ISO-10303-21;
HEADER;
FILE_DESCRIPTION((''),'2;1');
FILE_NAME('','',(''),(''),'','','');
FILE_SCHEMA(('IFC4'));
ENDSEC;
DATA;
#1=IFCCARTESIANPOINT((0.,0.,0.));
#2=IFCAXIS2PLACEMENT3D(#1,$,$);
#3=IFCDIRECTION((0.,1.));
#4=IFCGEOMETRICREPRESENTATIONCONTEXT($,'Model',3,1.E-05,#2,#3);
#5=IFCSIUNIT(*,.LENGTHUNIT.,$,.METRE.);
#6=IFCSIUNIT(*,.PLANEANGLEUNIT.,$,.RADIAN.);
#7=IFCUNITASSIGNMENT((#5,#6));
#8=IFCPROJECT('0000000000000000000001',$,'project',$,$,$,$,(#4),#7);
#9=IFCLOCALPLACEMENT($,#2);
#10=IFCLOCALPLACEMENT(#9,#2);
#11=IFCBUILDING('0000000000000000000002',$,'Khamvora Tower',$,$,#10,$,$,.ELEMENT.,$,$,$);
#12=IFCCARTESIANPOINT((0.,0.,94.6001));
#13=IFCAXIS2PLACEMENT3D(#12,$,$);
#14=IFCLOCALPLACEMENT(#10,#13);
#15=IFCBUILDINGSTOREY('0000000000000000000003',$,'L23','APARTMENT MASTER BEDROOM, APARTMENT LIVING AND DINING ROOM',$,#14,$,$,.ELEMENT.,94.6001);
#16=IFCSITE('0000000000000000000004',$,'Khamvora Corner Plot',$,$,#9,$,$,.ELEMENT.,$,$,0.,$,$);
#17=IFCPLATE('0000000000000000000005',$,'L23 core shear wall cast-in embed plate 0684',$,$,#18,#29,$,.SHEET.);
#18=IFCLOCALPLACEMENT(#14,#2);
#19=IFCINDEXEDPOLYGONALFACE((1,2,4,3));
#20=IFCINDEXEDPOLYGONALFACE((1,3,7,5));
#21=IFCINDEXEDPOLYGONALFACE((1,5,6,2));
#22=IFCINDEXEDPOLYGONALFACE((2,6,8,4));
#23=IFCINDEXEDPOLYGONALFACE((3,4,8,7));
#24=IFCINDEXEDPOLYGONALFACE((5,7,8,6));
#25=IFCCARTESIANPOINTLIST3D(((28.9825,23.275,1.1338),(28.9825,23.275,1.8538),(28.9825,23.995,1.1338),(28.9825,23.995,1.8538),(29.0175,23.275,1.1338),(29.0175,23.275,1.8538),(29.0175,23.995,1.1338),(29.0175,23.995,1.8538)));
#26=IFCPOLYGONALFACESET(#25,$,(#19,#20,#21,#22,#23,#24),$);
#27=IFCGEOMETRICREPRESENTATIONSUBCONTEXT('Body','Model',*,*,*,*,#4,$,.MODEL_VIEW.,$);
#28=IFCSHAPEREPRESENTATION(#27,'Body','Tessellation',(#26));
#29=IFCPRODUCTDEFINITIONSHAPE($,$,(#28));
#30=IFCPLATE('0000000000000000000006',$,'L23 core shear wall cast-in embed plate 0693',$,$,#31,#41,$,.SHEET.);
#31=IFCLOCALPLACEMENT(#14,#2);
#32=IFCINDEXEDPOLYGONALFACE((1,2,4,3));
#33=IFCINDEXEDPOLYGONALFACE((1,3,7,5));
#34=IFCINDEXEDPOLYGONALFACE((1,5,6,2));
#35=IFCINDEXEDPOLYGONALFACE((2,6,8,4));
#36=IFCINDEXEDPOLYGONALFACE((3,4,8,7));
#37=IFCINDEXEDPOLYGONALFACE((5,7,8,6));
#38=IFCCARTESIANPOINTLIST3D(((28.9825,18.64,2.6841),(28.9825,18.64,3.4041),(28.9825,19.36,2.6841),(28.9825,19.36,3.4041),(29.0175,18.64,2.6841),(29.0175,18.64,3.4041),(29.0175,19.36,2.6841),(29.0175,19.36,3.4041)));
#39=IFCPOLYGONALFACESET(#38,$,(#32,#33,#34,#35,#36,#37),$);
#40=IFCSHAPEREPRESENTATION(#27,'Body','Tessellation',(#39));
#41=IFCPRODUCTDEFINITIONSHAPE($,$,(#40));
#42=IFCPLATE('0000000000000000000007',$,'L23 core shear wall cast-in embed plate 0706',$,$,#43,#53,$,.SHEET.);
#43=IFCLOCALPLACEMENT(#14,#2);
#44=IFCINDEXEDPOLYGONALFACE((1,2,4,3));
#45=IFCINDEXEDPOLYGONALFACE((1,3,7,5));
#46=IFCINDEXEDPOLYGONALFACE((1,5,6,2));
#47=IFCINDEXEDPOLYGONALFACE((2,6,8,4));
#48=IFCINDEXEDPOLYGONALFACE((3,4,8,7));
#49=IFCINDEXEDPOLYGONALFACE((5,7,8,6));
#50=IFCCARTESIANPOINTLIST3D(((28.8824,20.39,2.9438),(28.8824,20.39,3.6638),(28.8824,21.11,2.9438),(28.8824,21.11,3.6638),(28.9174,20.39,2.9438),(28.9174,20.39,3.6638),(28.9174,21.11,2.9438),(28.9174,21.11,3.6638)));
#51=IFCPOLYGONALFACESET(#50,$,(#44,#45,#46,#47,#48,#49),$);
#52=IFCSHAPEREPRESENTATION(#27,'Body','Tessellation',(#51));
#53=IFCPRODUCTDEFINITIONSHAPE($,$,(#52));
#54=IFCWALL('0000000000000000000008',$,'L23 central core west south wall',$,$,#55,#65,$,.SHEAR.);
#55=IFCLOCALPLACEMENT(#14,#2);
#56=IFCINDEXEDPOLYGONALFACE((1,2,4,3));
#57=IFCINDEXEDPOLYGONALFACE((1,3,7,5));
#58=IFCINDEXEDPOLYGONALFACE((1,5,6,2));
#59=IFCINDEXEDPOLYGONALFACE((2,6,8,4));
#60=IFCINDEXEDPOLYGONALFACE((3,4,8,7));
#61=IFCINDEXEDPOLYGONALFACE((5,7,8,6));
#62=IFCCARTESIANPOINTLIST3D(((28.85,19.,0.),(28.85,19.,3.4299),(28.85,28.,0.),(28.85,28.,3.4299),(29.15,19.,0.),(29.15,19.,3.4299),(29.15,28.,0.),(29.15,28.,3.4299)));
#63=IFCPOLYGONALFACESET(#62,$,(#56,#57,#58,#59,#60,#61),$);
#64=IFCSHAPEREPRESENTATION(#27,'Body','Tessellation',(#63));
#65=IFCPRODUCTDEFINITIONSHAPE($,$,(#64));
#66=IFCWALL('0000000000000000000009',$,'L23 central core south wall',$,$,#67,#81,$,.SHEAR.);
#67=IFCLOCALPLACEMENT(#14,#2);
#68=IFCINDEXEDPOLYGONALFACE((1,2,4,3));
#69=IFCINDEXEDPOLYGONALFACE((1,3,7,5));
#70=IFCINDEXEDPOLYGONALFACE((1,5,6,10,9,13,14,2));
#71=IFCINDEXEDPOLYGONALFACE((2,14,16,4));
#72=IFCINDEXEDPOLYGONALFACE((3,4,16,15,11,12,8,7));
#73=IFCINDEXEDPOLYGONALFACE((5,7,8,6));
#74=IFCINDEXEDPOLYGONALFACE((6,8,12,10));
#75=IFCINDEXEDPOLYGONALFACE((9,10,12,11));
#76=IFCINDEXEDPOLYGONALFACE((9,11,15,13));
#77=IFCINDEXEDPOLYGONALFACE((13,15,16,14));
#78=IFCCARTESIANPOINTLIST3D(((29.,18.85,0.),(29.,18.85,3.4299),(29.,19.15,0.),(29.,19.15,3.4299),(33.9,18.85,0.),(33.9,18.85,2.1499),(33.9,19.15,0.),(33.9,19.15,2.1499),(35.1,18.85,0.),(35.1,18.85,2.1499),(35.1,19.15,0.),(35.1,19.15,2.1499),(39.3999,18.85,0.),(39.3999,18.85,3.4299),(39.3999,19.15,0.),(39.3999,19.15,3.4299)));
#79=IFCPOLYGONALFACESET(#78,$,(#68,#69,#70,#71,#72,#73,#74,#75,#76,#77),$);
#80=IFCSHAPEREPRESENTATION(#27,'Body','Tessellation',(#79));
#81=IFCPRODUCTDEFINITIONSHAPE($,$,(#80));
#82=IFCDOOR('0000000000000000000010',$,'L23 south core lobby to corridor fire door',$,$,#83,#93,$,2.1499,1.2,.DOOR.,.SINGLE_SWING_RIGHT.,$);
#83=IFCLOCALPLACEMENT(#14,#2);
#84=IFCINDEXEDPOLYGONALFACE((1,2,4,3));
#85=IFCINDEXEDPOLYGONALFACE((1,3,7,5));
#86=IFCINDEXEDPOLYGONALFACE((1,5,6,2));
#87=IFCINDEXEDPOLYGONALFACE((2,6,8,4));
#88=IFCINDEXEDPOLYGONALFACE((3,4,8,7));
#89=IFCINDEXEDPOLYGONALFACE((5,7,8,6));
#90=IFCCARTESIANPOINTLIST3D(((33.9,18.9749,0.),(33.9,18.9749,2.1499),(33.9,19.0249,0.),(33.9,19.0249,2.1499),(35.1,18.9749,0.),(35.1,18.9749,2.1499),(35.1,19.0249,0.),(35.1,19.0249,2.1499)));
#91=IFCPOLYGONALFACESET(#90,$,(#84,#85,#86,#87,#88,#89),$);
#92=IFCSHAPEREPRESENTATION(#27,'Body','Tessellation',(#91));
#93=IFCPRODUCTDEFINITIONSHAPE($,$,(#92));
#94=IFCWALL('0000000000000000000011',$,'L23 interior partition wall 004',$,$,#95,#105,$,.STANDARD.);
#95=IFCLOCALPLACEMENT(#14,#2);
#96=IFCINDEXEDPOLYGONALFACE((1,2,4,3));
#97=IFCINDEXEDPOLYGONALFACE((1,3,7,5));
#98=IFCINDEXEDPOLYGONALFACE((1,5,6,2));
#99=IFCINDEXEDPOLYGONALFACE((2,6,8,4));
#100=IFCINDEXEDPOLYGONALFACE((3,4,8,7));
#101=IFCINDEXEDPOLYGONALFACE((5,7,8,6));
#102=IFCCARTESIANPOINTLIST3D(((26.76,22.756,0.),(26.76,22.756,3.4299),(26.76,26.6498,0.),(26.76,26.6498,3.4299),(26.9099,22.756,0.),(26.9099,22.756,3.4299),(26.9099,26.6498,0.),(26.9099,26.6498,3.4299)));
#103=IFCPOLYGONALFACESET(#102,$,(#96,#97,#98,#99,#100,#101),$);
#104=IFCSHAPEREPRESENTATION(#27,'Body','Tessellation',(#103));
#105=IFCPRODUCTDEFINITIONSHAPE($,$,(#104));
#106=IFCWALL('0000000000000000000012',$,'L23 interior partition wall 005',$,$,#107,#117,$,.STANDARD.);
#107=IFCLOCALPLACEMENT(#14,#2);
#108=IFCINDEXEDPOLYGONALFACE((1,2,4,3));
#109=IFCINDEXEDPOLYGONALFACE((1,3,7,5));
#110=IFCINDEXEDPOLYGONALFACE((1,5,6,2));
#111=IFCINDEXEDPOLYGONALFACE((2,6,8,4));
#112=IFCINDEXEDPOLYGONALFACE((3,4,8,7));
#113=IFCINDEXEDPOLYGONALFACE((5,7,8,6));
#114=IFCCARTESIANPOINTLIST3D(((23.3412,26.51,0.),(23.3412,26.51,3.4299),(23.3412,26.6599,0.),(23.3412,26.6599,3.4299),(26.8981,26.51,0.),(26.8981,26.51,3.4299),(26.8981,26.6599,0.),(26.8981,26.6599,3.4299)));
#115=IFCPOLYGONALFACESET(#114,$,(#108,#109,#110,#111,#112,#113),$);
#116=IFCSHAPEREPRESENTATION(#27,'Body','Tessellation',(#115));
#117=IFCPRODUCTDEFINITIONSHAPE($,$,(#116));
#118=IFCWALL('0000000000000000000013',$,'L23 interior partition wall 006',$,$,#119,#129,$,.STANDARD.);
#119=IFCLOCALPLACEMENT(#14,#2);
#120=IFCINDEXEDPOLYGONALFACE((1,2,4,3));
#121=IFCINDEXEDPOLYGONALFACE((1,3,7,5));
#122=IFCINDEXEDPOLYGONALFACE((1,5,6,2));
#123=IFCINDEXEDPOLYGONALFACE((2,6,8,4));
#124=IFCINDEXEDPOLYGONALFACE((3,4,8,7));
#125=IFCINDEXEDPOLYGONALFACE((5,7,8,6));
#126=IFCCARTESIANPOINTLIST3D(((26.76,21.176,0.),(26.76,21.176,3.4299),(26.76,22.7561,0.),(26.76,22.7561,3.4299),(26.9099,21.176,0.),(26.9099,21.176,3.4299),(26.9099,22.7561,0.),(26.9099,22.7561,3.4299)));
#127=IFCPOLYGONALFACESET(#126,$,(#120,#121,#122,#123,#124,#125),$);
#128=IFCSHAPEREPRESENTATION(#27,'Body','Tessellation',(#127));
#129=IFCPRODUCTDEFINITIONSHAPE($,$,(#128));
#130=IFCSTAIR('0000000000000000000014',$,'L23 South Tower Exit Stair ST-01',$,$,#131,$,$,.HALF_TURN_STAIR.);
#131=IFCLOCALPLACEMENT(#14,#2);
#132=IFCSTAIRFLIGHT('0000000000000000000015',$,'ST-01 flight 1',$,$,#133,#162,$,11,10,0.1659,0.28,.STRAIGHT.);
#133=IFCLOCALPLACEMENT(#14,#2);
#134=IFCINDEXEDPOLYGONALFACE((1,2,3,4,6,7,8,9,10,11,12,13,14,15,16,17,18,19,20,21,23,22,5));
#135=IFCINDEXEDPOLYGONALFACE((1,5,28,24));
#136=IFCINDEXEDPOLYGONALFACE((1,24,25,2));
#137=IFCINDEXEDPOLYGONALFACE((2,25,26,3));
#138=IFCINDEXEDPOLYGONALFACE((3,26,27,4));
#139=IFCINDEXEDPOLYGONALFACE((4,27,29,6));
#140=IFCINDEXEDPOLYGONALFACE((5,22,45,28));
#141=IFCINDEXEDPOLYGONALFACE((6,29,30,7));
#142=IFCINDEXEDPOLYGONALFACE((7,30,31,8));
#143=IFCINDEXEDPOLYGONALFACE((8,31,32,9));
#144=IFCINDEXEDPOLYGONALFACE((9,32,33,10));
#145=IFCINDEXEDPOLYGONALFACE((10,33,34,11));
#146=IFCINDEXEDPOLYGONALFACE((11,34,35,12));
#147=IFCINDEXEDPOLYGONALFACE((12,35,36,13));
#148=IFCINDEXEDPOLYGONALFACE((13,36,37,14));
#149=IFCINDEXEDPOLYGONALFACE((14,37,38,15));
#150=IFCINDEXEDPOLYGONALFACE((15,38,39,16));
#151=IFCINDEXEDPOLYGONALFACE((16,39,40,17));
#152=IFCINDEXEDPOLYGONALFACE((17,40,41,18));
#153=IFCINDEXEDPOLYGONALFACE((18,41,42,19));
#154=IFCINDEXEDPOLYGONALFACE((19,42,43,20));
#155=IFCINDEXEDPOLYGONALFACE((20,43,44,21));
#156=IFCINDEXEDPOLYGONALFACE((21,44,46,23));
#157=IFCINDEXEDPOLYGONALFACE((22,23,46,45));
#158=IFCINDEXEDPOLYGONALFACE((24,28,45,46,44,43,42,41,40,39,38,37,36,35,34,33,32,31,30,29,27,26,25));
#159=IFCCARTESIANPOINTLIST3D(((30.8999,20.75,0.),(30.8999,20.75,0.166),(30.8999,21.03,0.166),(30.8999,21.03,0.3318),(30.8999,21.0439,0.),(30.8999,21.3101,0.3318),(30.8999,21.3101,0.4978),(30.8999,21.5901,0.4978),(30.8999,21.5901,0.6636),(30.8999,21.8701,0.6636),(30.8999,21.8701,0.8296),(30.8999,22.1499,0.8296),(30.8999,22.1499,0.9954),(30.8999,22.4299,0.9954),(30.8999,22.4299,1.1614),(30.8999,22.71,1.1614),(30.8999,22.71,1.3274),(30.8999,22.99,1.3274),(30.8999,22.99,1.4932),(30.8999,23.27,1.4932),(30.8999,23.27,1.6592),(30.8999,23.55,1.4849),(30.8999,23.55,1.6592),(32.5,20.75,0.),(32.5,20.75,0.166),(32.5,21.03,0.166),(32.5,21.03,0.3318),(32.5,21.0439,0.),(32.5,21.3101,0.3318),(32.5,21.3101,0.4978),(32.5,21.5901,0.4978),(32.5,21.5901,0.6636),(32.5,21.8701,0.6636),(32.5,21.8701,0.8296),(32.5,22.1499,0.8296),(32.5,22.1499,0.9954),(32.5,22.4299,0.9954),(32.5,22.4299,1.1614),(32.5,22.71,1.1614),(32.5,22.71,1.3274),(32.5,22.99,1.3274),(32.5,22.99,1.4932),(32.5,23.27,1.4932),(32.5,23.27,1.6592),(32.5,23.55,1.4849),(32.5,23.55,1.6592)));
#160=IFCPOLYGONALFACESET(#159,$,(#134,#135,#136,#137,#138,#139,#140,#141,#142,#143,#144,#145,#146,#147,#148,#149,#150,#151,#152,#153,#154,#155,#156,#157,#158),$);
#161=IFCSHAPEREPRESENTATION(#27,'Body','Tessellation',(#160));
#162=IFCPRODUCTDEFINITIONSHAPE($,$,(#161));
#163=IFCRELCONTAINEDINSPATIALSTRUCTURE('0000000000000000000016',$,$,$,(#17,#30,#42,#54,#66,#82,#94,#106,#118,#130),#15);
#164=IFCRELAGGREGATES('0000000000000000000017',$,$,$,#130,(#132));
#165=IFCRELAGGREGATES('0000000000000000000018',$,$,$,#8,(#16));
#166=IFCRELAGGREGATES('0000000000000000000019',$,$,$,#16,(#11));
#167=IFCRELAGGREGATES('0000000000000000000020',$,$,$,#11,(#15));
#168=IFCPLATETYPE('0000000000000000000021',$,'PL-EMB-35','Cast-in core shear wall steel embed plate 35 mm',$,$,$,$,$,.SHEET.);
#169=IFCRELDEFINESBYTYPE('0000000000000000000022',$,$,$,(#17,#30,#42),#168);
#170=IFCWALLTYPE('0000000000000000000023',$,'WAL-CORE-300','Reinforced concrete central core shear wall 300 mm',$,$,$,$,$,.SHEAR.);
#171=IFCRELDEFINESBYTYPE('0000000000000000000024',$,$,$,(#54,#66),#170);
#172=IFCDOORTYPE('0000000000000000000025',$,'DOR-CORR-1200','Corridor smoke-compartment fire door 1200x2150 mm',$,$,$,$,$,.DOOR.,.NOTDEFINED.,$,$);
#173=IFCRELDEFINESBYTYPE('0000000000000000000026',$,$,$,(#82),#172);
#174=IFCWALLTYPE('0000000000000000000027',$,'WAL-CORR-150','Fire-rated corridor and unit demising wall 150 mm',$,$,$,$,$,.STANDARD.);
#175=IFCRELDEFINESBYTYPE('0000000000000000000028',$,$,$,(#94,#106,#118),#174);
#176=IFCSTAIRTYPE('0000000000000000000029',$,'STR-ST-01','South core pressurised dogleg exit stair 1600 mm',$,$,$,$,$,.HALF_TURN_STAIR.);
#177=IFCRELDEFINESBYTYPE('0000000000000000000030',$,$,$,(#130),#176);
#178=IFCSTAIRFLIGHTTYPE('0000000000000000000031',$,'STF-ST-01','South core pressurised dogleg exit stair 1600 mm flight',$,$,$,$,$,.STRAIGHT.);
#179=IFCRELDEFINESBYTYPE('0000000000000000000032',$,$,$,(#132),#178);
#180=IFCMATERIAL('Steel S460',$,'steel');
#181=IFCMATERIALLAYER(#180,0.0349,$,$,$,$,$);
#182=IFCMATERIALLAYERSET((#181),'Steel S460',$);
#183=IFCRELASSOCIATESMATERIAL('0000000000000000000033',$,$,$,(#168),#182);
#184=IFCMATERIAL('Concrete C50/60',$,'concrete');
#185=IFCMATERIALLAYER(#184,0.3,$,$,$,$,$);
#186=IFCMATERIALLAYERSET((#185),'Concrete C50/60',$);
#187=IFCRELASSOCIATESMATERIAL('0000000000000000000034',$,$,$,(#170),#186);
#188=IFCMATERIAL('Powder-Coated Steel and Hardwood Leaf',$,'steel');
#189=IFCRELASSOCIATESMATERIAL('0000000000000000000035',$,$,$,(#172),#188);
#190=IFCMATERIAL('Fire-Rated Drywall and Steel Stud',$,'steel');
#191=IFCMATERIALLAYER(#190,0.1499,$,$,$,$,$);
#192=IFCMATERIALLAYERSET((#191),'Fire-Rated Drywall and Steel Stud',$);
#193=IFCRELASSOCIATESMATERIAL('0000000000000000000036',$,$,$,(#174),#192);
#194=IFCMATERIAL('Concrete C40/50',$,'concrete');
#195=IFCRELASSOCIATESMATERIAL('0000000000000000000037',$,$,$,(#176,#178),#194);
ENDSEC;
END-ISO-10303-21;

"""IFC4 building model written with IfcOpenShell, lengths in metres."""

from ifc_helpers import new_model, si_unit, direction, frame, frame_2d, origin, origin_2d, place, context, subcontext, project, spatial, polyline, rectangle, outline, extrude, material, layer, layer_set, type_object, element, fill, aggregate, save


model = new_model("IFC4")

# Units and contexts
model_context = context("Model", 3, precision=1e-05, world=origin(), true_north=direction((0.0, 1.0)))
body_context = subcontext(model_context, "Body", "Model", "MODEL_VIEW")
ifc_project = project(units=[si_unit("LENGTHUNIT", "METRE"), si_unit("PLANEANGLEUNIT", "RADIAN")], contexts=[model_context])

# Site, building, storey
site_placement = place(None, origin())
site = spatial("IfcSite", under=ifc_project, at=site_placement, Name="Khamvora Corner Plot", CompositionType="ELEMENT", RefElevation=0.0)
building_placement = place(site_placement, origin())
building = spatial("IfcBuilding", under=site, at=building_placement, Name="Khamvora Tower", CompositionType="ELEMENT")
storey_placement = place(building_placement, frame((0.0, 0.0, 94.6001)))
storey = spatial("IfcBuildingStorey", under=building, at=storey_placement, Name="L23", Description="APARTMENT MASTER BEDROOM, APARTMENT LIVING AND DINING ROOM", CompositionType="ELEMENT", Elevation=94.6001)

# Plates
ifc_material_1 = material(Name="Steel S460", Category="steel")
ifc_layer_1 = layer(ifc_material_1, 0.0349)
ifc_layer_set_1 = layer_set([ifc_layer_1], Name="Steel S460")
plate_type = type_object("IfcPlateType", Name="PL-EMB-35", Description="Cast-in core shear wall steel embed plate 35 mm", PredefinedType="SHEET", material=ifc_layer_set_1)
for number, where, z_axis, x_axis, name in (
    (1, (29.0, 23.635, 1.1338), (0.0, 0.0, 1.0), (1.0, 0.0, 0.0), "L23 core shear wall cast-in embed plate 0684"),
    (2, (29.0, 19.0, 2.6841), (0.0, 0.0, 1.0), (1.0, 0.0, 0.0), "L23 core shear wall cast-in embed plate 0693"),
    (3, (28.8999, 20.75, 2.9438), (0.0, 0.0, 1.0), (1.0, 0.0, 0.0), "L23 core shear wall cast-in embed plate 0706"),
):
    element("IfcPlate", number, at=place(storey_placement, frame(where, z_axis=z_axis, x_axis=x_axis)), inside=storey, type_object=plate_type, Name=name, PredefinedType="SHEET", context=body_context, shape_type="SweptSolid", body=[
        extrude(rectangle(XDim=0.0349, YDim=0.72, at=origin_2d()), origin(), (0.0, 0.0, 1.0), 0.72),
    ])

# Wall
ifc_material_2 = material(Name="Concrete C50/60", Category="concrete")
ifc_layer_2 = layer(ifc_material_2, 0.3)
ifc_layer_set_2 = layer_set([ifc_layer_2], Name="Concrete C50/60")
wall_type_1 = type_object("IfcWallType", Name="WAL-CORE-300", Description="Reinforced concrete central core shear wall 300 mm", PredefinedType="SHEAR", material=ifc_layer_set_2)
wall_1_placement = place(storey_placement, frame((29.0, 19.0, 0.0), z_axis=(0.0, 0.0, 1.0), x_axis=(0.0, 1.0, 0.0)))
element("IfcWall", 4, at=wall_1_placement, inside=storey, type_object=wall_type_1, Name="L23 central core west south wall", PredefinedType="SHEAR", context=body_context, shape_type="SweptSolid", body=[
    extrude(rectangle(XDim=9.0, YDim=0.3, at=frame_2d((4.5, 0.0))), origin(), (0.0, 0.0, 1.0), 3.4299),
])

# Wall, opening, door
wall_2_placement = place(storey_placement, frame((29.0, 19.0, 0.0), z_axis=(0.0, 0.0, 1.0), x_axis=(1.0, 0.0, 0.0)))
wall_2 = element("IfcWall", 5, at=wall_2_placement, inside=storey, type_object=wall_type_1, Name="L23 central core south wall", PredefinedType="SHEAR", context=body_context, shape_type="SweptSolid", body=[
    extrude(rectangle(XDim=10.3999, YDim=0.3, at=frame_2d((5.2, 0.0))), origin(), (0.0, 0.0, 1.0), 3.4299),
])
opening_placement = place(wall_2_placement, frame((4.8999, 0.0, 0.0)))
opening = element("IfcOpeningElement", 6, at=opening_placement, cuts=wall_2, PredefinedType="OPENING", context=body_context, shape_type="SweptSolid", body=[
    extrude(rectangle(XDim=1.2, YDim=2.1499, at=frame_2d((0.6001, 1.075))), frame((0.0, 0.1599, 0.0), z_axis=(0.0, -1.0, 0.0), x_axis=(1.0, 0.0, 0.0)), (0.0, 0.0, 1.0), 0.3201),
])
ifc_material_3 = material(Name="Powder-Coated Steel and Hardwood Leaf", Category="steel")
door_type = type_object("IfcDoorType", Name="DOR-CORR-1200", Description="Corridor smoke-compartment fire door 1200x2150 mm", OperationType="NOTDEFINED", PredefinedType="DOOR", material=ifc_material_3)
door_placement = place(opening_placement, origin())
door = element("IfcDoor", 7, at=door_placement, inside=storey, type_object=door_type, Name="L23 south core lobby to corridor fire door", OperationType="SINGLE_SWING_RIGHT", OverallHeight=2.1499, OverallWidth=1.2, PredefinedType="DOOR", context=body_context, shape_type="SweptSolid", body=[
    extrude(rectangle(XDim=1.2, YDim=2.1499, at=frame_2d((0.6001, 1.075))), frame((0.0, 0.0249, 0.0), z_axis=(0.0, -1.0, 0.0), x_axis=(1.0, 0.0, 0.0)), (0.0, 0.0, 1.0), 0.05),
])
fill(opening, door)

# Walls
ifc_material_4 = material(Name="Fire-Rated Drywall and Steel Stud", Category="steel")
ifc_layer_3 = layer(ifc_material_4, 0.1499)
ifc_layer_set_3 = layer_set([ifc_layer_3], Name="Fire-Rated Drywall and Steel Stud")
wall_type_2 = type_object("IfcWallType", Name="WAL-CORR-150", Description="Fire-rated corridor and unit demising wall 150 mm", PredefinedType="STANDARD", material=ifc_layer_set_3)
wall_3_placement = place(storey_placement, frame((26.835, 22.7561, 0.0), z_axis=(0.0, 0.0, 1.0), x_axis=(0.0, 1.0, 0.0)))
element("IfcWall", 8, at=wall_3_placement, inside=storey, type_object=wall_type_2, Name="L23 interior partition wall 004", PredefinedType="STANDARD", context=body_context, shape_type="SweptSolid", body=[
    extrude(rectangle(XDim=3.8938, YDim=0.1499, at=frame_2d((1.9468, 0.0))), origin(), (0.0, 0.0, 1.0), 3.4299),
])
wall_4_placement = place(storey_placement, frame((26.8979, 26.585, 0.0), z_axis=(0.0, 0.0, 1.0), x_axis=(-1.0, 0.0, 0.0)))
element("IfcWall", 9, at=wall_4_placement, inside=storey, type_object=wall_type_2, Name="L23 interior partition wall 005", PredefinedType="STANDARD", context=body_context, shape_type="SweptSolid", body=[
    extrude(rectangle(XDim=3.5569, YDim=0.1499, at=frame_2d((1.7783, 0.0))), origin(), (0.0, 0.0, 1.0), 3.4299),
])
wall_5_placement = place(storey_placement, frame((26.835, 21.176, 0.0), z_axis=(0.0, 0.0, 1.0), x_axis=(0.0, 1.0, 0.0)))
element("IfcWall", 10, at=wall_5_placement, inside=storey, type_object=wall_type_2, Name="L23 interior partition wall 006", PredefinedType="STANDARD", context=body_context, shape_type="SweptSolid", body=[
    extrude(rectangle(XDim=1.5801, YDim=0.1499, at=frame_2d((0.79, 0.0))), origin(), (0.0, 0.0, 1.0), 3.4299),
])

# Stair, stair flight
ifc_material_5 = material(Name="Concrete C40/50", Category="concrete")
stair_type = type_object("IfcStairType", Name="STR-ST-01", Description="South core pressurised dogleg exit stair 1600 mm", PredefinedType="HALF_TURN_STAIR", material=ifc_material_5)
stair_placement = place(storey_placement, origin())
stair = element("IfcStair", 11, at=stair_placement, inside=storey, type_object=stair_type, Name="L23 South Tower Exit Stair ST-01", PredefinedType="HALF_TURN_STAIR")
stair_flight_type = type_object("IfcStairFlightType", Name="STF-ST-01", Description="South core pressurised dogleg exit stair 1600 mm flight", PredefinedType="STRAIGHT", material=ifc_material_5)
stair_flight_1_placement = place(storey_placement, frame((31.7, 20.75, 0.0), z_axis=(0.0, 0.0, 1.0), x_axis=(0.0, 1.0, 0.0)))
stair_flight_1 = element("IfcStairFlight", 12, at=stair_flight_1_placement, type_object=stair_flight_type, Name="ST-01 flight 1", NumberOfRisers=11, NumberOfTreads=10, PredefinedType="STRAIGHT", RiserHeight=0.1659, TreadLength=0.28, context=body_context, shape_type="SweptSolid", body=[
    extrude(outline(polyline([(0.0, 0.0), (0.0, 0.166), (0.28, 0.166), (0.28, 0.3318), (0.5601, 0.3318), (0.5601, 0.4978), (0.8401, 0.4978), (0.8401, 0.6636), (1.1201, 0.6636), (1.1201, 0.8296), (1.3999, 0.8296), (1.3999, 0.9954), (1.6799, 0.9954), (1.6799, 1.1614), (1.96, 1.1614), (1.96, 1.3274), (2.24, 1.3274), (2.24, 1.4932), (2.52, 1.4932), (2.52, 1.6592), (2.8, 1.6592), (2.8, 1.825), (2.8, 1.4849), (0.2939, 0.0), (0.0, 0.0)])), frame((0.0, 0.8, 0.0), z_axis=(0.0, -1.0, 0.0), x_axis=(1.0, 0.0, 0.0)), (0.0, 0.0, 1.0), 1.6001),
])
aggregate(stair, [stair_flight_1])

save(model, "model.ifc")
